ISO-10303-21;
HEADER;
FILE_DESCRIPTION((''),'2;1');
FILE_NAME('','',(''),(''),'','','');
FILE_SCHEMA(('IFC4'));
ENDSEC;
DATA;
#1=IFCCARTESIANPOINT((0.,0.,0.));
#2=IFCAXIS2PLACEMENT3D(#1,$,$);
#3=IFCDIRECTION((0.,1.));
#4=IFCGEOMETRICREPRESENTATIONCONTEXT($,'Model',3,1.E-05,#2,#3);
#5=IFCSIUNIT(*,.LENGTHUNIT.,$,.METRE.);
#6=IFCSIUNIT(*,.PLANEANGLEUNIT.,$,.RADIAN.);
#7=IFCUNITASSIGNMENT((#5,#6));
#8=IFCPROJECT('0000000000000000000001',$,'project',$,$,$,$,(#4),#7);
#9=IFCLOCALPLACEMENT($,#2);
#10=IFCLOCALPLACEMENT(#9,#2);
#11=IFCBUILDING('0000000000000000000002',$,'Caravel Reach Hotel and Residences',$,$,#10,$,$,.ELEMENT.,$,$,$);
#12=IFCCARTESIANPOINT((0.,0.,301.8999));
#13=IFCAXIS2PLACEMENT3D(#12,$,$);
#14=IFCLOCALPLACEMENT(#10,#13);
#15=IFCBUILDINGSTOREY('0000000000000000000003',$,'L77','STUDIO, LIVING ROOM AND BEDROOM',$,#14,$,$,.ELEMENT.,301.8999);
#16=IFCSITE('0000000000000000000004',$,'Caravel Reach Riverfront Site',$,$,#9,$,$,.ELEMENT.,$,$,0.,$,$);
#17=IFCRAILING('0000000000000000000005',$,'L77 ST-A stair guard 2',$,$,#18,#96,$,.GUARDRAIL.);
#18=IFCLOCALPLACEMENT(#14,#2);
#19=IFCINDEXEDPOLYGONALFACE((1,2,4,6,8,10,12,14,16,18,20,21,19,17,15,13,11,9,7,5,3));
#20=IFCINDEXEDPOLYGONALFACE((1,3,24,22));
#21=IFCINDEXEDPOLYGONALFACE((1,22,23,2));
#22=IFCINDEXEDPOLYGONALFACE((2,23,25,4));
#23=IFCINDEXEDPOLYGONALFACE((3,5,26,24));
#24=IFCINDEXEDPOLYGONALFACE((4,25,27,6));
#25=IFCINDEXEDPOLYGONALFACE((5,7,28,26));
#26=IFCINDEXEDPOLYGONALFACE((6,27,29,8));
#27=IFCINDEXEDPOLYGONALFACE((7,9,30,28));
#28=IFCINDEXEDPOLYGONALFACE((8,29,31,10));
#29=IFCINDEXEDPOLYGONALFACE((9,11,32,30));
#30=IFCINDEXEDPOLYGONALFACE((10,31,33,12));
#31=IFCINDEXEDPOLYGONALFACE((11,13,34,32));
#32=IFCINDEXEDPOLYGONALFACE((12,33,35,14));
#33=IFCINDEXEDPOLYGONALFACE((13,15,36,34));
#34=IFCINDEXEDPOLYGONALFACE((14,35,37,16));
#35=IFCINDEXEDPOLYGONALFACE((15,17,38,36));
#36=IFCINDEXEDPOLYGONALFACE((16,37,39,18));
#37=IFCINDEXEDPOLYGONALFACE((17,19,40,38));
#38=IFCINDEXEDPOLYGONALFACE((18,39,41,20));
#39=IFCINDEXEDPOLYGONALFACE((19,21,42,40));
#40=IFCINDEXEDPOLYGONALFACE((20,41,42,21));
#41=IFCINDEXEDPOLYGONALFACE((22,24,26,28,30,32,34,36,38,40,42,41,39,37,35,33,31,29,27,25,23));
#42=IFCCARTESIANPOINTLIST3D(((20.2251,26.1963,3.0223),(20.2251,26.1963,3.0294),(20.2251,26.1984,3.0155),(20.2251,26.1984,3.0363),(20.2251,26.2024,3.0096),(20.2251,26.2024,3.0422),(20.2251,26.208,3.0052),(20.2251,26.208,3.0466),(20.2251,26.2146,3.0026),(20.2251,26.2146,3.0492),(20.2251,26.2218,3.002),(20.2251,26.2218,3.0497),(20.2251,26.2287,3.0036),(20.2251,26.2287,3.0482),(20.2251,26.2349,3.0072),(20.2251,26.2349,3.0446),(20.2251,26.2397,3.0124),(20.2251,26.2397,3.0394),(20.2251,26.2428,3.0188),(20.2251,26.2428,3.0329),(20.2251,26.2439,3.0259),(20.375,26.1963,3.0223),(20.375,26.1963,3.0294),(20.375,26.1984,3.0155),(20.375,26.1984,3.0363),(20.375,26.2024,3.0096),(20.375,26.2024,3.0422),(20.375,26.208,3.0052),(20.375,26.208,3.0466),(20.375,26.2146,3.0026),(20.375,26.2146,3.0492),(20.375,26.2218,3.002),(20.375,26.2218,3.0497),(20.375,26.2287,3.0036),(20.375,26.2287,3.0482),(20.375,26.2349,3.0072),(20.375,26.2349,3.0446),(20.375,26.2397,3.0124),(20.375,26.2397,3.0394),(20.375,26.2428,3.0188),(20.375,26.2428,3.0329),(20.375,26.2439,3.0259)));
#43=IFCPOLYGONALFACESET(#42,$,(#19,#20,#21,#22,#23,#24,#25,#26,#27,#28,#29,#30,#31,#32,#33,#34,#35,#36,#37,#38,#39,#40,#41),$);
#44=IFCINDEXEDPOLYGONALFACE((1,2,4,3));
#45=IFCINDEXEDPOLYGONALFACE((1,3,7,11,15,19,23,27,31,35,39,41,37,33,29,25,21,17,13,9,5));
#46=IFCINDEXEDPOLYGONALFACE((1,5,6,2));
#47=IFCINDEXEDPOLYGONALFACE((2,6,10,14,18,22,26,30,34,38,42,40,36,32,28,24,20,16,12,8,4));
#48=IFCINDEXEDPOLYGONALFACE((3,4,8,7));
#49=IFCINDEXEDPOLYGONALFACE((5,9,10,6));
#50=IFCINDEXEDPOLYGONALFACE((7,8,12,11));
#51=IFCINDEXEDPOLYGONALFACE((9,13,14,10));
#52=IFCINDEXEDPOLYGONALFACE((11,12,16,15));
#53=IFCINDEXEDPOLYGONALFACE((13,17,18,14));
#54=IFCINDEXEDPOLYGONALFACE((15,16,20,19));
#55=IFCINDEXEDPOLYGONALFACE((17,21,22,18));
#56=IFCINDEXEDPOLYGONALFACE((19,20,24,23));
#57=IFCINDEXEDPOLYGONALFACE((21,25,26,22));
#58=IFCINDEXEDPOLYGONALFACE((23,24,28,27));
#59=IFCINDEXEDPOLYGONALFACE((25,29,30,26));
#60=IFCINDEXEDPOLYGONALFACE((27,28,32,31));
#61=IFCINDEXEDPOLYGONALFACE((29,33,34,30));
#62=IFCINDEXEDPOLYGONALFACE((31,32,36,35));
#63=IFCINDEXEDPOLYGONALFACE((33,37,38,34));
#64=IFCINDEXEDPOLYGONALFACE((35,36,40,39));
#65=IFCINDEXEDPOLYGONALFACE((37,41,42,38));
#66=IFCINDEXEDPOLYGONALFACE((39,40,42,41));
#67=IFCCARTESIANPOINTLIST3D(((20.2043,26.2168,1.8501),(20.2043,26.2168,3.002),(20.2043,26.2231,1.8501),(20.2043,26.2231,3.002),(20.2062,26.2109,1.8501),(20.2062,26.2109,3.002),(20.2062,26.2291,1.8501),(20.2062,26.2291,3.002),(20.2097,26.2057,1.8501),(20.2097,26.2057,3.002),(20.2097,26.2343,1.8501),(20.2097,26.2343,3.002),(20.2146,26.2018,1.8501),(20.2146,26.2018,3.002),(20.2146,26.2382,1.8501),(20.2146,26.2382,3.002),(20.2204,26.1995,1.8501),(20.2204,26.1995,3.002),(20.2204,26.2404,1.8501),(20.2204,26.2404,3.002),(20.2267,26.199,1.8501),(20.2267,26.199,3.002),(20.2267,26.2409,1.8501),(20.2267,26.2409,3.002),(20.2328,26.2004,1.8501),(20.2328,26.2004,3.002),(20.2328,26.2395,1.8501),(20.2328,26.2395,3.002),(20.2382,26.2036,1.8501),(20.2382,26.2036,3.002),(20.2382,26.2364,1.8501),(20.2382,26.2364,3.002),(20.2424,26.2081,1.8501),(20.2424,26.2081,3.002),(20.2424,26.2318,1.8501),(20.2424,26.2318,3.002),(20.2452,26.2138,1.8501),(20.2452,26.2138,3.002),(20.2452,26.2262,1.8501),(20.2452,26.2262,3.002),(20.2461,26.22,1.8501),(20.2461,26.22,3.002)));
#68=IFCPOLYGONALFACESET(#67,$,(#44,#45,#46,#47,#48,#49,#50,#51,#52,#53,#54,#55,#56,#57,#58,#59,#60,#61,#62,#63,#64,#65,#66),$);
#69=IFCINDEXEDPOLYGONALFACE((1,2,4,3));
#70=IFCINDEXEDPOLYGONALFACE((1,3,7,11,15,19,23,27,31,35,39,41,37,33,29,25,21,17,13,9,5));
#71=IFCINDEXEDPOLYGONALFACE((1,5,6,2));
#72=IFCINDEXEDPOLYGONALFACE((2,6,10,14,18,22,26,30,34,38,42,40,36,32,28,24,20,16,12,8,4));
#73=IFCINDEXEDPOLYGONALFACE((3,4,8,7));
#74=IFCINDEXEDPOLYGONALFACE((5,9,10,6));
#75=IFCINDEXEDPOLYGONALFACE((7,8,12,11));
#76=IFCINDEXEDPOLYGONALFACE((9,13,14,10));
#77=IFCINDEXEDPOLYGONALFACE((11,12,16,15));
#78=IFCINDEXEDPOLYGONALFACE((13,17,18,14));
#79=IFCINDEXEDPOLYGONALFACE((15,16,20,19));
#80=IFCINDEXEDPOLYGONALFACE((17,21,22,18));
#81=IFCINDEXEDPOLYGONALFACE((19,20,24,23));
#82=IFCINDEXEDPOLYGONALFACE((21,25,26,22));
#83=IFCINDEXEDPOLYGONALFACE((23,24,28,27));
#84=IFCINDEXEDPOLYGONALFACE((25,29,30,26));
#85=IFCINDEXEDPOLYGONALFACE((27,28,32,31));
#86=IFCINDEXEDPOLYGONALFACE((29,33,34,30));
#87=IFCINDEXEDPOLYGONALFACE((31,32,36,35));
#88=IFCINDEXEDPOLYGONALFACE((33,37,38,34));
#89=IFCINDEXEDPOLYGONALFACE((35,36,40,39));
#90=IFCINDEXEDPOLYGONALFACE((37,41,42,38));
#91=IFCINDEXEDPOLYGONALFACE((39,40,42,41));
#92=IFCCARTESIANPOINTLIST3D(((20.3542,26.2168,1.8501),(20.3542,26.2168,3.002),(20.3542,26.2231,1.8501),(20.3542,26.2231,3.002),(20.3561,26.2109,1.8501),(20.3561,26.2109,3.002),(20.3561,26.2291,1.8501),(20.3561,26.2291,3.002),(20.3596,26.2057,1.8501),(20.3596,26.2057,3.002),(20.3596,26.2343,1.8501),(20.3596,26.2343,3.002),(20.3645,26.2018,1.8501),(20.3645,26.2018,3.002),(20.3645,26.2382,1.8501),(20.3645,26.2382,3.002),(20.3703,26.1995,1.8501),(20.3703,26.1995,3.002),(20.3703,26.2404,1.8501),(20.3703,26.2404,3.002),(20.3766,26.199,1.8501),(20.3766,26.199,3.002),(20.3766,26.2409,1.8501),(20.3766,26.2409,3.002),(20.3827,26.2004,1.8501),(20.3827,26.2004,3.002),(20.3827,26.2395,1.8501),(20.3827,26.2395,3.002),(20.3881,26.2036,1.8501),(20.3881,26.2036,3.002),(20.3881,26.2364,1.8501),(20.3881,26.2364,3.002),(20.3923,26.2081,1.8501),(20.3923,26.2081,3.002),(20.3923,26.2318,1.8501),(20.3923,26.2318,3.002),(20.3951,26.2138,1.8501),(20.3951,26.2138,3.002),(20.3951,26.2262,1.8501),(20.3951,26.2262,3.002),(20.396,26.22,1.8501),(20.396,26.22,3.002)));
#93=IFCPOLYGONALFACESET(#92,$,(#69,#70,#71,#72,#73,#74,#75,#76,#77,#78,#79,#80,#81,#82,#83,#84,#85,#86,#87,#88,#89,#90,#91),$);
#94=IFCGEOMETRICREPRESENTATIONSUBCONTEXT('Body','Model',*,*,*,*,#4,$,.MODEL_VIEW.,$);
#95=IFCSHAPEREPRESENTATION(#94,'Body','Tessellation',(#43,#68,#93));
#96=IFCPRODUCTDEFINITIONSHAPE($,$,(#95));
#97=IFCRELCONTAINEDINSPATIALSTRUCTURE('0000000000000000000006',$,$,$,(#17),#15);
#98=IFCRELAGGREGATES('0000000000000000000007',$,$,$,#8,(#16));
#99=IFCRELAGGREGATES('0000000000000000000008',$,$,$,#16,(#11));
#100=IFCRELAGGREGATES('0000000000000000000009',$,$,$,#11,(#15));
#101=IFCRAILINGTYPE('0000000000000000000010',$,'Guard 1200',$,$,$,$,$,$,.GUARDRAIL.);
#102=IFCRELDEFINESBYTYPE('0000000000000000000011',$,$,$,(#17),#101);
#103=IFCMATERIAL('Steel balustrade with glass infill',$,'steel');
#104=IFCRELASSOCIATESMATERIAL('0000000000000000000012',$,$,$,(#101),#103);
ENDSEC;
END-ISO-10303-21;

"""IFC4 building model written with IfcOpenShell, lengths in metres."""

from ifc_helpers import new_model, si_unit, direction, frame, origin, origin_2d, place, context, subcontext, project, spatial, circle, extrude, material, type_object, element, save


model = new_model("IFC4")

# Units and contexts
model_context = context("Model", 3, precision=1e-05, world=origin(), true_north=direction((0.0, 1.0)))
body_context = subcontext(model_context, "Body", "Model", "MODEL_VIEW")
ifc_project = project(units=[si_unit("LENGTHUNIT", "METRE"), si_unit("PLANEANGLEUNIT", "RADIAN")], contexts=[model_context])

# Site, building, storey
site_placement = place(None, origin())
site = spatial("IfcSite", under=ifc_project, at=site_placement, Name="Caravel Reach Riverfront Site", CompositionType="ELEMENT", RefElevation=0.0)
building_placement = place(site_placement, origin())
building = spatial("IfcBuilding", under=site, at=building_placement, Name="Caravel Reach Hotel and Residences", CompositionType="ELEMENT")
storey_placement = place(building_placement, frame((0.0, 0.0, 301.8999)))
storey = spatial("IfcBuildingStorey", under=building, at=storey_placement, Name="L77", Description="STUDIO, LIVING ROOM AND BEDROOM", CompositionType="ELEMENT", Elevation=301.8999)

# Railing
ifc_material_1 = material(Name="Steel balustrade with glass infill", Category="steel")
railing_type_1 = type_object("IfcRailingType", Name="Guard 1200", PredefinedType="GUARDRAIL", material=ifc_material_1)
railing_1_placement = place(storey_placement, frame((20.2251, 26.22, 1.8501)))
element("IfcRailing", 1, at=railing_1_placement, inside=storey, type_object=railing_type_1, Name="L77 ST-A stair guard 2", PredefinedType="GUARDRAIL", context=body_context, shape_type="SweptSolid", body=[
    extrude(circle(Radius=0.0239, at=origin_2d()), frame((0.0, 0.0, 1.1758), z_axis=(1.0, 0.0, 0.0), x_axis=(0.0, 1.0, 0.0)), (0.0, 0.0, 1.0), 0.1499),
    extrude(circle(Radius=0.021, at=origin_2d()), origin(), (0.0, 0.0, 1.0), 1.1519),
    extrude(circle(Radius=0.021, at=origin_2d()), frame((0.1499, 0.0, 0.0)), (0.0, 0.0, 1.0), 1.1519),
])

save(model, "model.ifc")
